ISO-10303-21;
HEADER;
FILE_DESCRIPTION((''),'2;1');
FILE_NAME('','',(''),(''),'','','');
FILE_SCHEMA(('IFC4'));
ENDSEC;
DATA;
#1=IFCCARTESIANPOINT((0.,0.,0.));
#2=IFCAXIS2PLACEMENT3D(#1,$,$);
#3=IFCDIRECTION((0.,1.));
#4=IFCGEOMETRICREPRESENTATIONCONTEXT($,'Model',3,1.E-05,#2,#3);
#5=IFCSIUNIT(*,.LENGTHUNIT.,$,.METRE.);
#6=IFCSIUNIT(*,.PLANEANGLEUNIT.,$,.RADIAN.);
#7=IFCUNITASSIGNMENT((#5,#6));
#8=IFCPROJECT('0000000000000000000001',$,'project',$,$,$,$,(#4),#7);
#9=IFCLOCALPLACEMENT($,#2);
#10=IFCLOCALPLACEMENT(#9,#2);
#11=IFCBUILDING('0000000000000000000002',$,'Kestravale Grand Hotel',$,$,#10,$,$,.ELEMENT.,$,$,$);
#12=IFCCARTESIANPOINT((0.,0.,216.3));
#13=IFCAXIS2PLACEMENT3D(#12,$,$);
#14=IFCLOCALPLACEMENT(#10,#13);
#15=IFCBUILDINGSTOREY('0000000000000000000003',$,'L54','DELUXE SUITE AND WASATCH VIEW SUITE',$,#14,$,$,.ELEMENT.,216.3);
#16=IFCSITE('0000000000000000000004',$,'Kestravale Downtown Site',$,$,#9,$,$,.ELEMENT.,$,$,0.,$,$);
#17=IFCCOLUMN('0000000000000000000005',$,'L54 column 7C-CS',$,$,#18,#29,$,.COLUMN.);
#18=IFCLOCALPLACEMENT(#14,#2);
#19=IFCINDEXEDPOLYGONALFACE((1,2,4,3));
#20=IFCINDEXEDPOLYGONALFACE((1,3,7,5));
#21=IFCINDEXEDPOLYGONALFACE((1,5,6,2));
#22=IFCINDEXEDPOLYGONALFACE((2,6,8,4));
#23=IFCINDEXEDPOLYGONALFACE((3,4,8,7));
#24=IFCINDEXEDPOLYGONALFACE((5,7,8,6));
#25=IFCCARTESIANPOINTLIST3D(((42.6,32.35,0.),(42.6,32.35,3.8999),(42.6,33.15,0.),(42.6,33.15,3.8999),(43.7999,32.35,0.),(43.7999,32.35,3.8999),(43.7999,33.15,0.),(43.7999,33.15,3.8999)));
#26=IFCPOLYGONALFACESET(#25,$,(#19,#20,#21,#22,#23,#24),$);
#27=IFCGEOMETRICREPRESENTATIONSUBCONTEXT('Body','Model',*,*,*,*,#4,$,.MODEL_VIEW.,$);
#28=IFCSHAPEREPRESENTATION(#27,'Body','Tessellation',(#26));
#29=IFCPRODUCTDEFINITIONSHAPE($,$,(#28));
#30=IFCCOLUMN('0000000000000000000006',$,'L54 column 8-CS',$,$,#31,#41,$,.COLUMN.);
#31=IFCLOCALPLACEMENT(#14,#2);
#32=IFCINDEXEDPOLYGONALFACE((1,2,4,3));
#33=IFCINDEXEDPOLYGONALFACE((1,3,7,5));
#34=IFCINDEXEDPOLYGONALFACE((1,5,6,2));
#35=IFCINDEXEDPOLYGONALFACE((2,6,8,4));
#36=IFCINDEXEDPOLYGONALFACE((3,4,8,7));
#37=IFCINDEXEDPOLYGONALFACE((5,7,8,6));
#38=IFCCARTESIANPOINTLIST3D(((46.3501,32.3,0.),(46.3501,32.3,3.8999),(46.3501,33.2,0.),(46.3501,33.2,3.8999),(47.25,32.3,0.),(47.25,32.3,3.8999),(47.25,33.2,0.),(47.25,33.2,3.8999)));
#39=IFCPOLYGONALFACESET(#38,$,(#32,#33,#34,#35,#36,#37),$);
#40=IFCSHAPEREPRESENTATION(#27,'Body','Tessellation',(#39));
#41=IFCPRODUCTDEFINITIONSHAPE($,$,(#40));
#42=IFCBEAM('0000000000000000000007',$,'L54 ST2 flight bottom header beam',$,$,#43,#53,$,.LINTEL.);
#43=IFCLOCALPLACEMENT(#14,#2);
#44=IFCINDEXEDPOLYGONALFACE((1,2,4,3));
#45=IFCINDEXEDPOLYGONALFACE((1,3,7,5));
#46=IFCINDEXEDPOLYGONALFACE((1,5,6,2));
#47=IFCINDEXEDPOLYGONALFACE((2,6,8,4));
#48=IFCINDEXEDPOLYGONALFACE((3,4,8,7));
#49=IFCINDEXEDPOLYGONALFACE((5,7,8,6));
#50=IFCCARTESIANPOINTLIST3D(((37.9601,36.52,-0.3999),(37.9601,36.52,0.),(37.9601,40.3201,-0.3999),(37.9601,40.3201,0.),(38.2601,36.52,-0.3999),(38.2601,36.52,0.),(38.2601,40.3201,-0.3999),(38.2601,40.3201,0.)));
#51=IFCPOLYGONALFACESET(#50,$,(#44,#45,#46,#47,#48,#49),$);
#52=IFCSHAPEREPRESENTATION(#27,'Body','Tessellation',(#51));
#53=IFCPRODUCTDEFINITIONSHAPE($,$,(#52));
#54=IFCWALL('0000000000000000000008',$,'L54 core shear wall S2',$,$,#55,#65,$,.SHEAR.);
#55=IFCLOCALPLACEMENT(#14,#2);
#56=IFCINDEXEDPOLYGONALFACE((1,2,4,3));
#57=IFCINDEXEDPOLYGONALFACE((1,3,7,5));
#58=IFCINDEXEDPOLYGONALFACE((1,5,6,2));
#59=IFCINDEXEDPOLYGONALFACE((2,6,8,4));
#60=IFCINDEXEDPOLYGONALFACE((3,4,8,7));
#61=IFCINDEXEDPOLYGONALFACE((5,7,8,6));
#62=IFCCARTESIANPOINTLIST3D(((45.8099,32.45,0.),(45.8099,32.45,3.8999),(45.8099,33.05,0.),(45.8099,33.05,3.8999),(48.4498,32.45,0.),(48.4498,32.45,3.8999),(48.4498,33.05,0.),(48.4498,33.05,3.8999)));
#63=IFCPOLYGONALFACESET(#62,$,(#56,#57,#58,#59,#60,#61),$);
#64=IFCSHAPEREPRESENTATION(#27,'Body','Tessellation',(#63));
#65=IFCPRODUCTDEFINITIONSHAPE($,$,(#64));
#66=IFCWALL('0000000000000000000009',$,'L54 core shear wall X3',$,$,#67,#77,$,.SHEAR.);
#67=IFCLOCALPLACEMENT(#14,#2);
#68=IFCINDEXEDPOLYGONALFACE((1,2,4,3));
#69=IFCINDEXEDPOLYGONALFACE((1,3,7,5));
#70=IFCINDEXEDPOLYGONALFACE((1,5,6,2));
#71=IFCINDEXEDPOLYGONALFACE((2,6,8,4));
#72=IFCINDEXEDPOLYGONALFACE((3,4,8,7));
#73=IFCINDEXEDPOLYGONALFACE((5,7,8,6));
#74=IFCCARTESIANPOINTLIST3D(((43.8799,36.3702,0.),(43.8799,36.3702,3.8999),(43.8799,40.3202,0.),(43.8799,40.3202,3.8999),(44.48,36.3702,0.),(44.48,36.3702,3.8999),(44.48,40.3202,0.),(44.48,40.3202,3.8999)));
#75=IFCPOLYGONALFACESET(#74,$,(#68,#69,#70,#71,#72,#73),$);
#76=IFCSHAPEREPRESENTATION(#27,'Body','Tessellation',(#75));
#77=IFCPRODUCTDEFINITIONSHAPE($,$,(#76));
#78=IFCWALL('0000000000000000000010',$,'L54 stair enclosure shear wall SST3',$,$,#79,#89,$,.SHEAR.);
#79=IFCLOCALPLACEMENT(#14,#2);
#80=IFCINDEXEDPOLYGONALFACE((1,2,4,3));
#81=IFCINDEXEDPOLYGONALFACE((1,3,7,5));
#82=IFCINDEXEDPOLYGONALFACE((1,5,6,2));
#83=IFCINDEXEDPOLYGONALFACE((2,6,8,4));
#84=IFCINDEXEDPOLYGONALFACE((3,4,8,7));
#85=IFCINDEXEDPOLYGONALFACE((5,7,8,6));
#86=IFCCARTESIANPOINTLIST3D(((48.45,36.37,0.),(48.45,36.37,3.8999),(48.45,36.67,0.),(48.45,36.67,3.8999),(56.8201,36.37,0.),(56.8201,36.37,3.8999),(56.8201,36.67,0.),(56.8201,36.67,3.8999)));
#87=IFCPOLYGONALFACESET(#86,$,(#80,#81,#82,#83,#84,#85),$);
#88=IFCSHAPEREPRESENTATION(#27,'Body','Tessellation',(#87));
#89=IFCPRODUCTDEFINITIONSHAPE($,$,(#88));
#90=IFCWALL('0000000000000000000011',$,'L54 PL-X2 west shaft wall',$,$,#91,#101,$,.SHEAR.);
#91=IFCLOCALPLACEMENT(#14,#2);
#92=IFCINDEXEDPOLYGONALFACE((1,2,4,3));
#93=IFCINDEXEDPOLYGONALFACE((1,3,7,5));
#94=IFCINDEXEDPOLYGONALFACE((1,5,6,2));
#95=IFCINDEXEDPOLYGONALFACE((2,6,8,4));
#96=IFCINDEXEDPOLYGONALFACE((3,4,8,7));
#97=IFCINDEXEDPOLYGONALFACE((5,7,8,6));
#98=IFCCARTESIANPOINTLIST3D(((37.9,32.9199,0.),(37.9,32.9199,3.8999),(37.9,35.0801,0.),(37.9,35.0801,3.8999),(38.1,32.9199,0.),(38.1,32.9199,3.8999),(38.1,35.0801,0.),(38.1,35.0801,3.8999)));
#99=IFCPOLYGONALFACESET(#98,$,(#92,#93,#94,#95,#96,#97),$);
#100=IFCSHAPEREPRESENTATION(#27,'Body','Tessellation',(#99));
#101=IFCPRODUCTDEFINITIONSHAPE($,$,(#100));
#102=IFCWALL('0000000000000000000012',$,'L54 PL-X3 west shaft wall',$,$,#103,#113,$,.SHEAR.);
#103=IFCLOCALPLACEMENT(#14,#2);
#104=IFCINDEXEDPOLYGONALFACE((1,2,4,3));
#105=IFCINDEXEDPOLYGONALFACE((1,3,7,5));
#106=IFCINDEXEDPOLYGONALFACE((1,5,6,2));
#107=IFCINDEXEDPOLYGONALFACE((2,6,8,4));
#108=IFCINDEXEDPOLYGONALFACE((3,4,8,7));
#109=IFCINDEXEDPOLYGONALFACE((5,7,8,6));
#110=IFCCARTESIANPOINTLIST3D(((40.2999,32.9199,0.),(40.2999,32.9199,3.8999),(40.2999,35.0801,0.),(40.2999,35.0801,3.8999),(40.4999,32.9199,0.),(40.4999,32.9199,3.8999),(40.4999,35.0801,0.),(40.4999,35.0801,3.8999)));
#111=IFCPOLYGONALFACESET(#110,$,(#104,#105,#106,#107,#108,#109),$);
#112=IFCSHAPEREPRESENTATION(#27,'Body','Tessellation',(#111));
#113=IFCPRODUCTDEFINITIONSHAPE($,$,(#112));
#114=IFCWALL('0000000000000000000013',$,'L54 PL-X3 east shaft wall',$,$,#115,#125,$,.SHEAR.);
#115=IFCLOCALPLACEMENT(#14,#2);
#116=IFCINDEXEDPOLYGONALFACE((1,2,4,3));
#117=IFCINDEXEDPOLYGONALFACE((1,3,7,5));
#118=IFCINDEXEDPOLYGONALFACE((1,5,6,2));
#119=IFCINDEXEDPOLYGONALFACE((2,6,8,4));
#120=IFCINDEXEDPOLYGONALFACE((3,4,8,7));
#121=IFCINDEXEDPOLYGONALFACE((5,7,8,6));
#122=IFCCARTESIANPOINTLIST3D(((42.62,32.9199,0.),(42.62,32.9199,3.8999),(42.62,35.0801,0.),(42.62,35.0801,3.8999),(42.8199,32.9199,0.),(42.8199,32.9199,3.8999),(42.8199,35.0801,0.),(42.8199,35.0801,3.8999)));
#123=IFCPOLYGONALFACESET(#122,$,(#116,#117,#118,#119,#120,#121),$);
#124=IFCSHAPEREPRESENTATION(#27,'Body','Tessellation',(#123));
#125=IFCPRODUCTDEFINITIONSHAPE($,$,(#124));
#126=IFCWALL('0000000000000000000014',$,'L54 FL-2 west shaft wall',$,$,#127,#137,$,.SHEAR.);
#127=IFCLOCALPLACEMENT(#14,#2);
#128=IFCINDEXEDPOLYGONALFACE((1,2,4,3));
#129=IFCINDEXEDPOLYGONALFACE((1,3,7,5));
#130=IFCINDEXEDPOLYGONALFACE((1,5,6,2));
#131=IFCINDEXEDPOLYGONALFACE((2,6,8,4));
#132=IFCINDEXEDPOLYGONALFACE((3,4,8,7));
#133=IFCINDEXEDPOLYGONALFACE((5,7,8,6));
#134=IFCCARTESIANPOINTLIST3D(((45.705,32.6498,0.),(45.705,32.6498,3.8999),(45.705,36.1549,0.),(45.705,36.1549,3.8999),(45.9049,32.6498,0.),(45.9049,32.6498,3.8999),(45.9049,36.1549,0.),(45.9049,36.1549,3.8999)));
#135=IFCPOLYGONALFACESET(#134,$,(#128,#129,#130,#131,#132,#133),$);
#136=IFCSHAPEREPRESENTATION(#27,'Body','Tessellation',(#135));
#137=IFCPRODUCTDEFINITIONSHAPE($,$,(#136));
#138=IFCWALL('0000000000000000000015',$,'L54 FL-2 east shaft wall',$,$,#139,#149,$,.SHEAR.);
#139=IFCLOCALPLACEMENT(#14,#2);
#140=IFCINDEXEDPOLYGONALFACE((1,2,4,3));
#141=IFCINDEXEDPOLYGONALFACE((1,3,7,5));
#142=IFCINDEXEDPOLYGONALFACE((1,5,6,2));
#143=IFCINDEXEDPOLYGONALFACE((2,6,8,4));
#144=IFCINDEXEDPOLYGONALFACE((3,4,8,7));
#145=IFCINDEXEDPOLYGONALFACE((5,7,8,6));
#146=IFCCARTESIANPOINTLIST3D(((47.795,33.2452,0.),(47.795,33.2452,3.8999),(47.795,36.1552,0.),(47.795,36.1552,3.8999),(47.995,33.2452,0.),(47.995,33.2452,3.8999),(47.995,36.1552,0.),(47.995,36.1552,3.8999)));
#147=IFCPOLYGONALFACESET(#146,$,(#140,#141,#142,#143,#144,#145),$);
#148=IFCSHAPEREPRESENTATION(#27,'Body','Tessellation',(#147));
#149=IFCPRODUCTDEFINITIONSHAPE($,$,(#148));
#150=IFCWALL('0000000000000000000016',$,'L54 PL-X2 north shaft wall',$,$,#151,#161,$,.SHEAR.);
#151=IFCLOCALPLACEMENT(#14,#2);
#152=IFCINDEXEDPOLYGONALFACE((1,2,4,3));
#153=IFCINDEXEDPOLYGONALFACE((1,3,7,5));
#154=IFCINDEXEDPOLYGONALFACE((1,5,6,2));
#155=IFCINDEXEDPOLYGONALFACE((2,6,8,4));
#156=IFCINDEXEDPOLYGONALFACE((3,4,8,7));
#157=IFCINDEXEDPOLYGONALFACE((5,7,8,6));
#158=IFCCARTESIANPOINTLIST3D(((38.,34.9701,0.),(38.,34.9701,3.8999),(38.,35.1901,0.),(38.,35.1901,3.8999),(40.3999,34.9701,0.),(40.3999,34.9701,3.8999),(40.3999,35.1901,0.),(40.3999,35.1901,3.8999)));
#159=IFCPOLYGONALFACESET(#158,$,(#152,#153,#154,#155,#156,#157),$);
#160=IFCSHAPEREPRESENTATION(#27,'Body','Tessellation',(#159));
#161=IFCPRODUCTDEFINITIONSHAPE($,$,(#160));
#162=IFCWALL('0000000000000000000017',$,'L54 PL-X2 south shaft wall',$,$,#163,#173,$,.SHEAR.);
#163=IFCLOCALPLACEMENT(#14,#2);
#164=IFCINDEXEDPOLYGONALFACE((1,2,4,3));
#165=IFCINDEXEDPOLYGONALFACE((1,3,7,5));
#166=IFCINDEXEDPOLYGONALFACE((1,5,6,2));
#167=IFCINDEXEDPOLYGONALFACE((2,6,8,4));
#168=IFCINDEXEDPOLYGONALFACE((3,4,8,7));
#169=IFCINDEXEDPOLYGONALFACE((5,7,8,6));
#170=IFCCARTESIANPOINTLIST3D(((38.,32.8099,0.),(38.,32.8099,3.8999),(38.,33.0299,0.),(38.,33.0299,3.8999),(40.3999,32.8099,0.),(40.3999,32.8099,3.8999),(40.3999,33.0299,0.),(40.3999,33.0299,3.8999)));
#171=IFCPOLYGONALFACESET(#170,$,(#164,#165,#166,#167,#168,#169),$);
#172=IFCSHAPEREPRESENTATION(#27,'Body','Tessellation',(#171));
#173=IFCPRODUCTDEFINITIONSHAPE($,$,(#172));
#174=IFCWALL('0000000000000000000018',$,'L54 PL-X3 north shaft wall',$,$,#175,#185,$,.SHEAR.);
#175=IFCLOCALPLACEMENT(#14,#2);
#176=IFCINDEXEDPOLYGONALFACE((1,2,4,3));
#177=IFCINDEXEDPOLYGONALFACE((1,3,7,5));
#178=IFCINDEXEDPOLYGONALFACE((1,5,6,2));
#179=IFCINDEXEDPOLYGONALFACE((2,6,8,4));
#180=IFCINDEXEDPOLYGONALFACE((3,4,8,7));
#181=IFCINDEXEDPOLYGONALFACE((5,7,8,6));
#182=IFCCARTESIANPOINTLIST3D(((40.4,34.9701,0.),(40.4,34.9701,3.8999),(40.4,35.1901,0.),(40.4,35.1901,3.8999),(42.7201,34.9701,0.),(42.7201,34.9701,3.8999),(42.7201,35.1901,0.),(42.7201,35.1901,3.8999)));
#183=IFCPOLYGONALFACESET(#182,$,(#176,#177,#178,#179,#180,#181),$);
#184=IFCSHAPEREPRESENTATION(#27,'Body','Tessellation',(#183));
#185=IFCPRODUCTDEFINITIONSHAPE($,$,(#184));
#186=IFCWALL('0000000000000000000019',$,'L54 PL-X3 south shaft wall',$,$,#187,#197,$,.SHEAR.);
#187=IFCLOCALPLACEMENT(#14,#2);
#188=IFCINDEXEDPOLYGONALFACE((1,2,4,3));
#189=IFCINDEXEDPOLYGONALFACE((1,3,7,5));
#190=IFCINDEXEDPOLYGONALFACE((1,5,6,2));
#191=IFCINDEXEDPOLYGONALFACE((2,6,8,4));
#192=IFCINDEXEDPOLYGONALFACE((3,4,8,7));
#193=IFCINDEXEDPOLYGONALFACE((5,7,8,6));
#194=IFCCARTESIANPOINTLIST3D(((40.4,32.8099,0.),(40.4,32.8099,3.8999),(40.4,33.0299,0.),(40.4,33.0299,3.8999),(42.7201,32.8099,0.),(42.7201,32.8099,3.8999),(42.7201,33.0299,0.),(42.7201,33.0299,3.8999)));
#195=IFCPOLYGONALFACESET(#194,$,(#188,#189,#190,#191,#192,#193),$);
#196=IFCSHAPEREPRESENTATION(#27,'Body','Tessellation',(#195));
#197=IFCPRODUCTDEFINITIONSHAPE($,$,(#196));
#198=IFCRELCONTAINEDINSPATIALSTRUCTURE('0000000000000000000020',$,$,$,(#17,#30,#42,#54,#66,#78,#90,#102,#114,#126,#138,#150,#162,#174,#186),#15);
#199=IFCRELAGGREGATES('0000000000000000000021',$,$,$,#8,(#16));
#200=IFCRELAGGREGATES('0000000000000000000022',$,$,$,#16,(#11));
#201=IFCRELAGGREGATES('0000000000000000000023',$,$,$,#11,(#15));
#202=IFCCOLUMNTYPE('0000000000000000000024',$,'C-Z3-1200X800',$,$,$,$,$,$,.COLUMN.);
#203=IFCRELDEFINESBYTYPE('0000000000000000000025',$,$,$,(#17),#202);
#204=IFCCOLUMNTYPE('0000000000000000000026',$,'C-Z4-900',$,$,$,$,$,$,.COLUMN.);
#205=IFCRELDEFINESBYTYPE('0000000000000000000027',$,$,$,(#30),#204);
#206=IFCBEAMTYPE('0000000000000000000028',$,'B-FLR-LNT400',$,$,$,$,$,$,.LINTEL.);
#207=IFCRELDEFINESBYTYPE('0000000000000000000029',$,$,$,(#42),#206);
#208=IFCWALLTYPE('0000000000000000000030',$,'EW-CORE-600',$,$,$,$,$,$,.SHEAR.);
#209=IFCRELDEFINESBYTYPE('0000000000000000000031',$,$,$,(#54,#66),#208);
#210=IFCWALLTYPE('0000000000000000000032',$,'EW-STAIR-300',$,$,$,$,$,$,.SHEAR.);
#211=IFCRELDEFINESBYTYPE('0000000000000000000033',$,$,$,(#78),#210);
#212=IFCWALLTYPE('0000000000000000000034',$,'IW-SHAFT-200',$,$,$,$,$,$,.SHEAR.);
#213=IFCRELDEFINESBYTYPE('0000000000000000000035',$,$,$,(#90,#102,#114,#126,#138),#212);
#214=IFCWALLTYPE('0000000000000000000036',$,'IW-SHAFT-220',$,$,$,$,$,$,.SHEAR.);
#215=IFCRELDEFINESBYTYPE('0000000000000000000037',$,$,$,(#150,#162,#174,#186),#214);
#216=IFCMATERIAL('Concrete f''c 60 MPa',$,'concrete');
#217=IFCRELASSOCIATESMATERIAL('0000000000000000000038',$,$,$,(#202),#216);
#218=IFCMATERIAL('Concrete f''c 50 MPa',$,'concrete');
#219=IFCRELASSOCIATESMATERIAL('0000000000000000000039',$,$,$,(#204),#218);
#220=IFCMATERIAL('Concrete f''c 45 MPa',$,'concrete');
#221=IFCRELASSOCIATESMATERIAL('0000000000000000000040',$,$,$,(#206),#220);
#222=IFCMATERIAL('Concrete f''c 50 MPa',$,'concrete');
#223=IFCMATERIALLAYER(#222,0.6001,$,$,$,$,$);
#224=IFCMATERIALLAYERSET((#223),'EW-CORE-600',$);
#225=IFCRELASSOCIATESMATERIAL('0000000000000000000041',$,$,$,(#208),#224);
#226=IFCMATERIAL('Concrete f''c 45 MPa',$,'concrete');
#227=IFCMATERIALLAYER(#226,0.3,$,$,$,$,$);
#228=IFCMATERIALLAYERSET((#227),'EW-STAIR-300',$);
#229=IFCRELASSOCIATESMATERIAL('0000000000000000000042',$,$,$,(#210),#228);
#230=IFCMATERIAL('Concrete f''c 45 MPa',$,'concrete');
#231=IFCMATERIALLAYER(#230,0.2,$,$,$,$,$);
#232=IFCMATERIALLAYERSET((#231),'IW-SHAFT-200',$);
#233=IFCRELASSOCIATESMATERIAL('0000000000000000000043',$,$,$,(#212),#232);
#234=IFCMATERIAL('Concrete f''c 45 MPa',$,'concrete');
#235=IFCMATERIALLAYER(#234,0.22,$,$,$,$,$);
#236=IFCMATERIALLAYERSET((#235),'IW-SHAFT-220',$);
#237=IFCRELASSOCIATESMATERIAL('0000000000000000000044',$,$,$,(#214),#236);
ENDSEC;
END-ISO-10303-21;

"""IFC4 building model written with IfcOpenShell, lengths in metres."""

from ifc_helpers import new_model, si_unit, direction, frame, frame_2d, origin, origin_2d, place, context, subcontext, project, spatial, rectangle, extrude, material, layer, layer_set, material_profile, profile_set, type_object, element, save


model = new_model("IFC4")

# Units and contexts
model_context = context("Model", 3, precision=1e-05, world=origin(), true_north=direction((0.0, 1.0)))
body_context = subcontext(model_context, "Body", "Model", "MODEL_VIEW")
ifc_project = project(units=[si_unit("LENGTHUNIT", "METRE"), si_unit("PLANEANGLEUNIT", "RADIAN")], contexts=[model_context])

# Site, building, storey
site_placement = place(None, origin())
site = spatial("IfcSite", under=ifc_project, at=site_placement, Name="Kestravale Downtown Site", CompositionType="ELEMENT", RefElevation=0.0)
building_placement = place(site_placement, origin())
building = spatial("IfcBuilding", under=site, at=building_placement, Name="Kestravale Grand Hotel", CompositionType="ELEMENT")
storey_placement = place(building_placement, frame((0.0, 0.0, 216.3)))
storey = spatial("IfcBuildingStorey", under=building, at=storey_placement, Name="L54", Description="DELUXE SUITE AND WASATCH VIEW SUITE", CompositionType="ELEMENT", Elevation=216.3)

# Columns
ifc_material_1 = material(Name="Concrete f'c 60 MPa", Category="concrete")
ifc_material_profile_1 = material_profile(ifc_material_1, rectangle(XDim=1.2, YDim=0.8, at=origin_2d()))
ifc_profile_set_1 = profile_set([ifc_material_profile_1], Name="Concrete f'c 60 MPa")
column_type_1 = type_object("IfcColumnType", Name="C-Z3-1200X800", PredefinedType="COLUMN", material=ifc_profile_set_1)
column_1_placement = place(storey_placement, frame((43.2, 32.75, 0.0), z_axis=(0.0, 0.0, 1.0), x_axis=(1.0, 0.0, 0.0)))
element("IfcColumn", 1, at=column_1_placement, inside=storey, type_object=column_type_1, Name="L54 column 7C-CS", PredefinedType="COLUMN", context=body_context, shape_type="SweptSolid", body=[
    extrude(rectangle(XDim=1.2, YDim=0.8, at=origin_2d()), origin(), (0.0, 0.0, 1.0), 3.8999),
])
ifc_material_2 = material(Name="Concrete f'c 50 MPa", Category="concrete")
ifc_material_profile_2 = material_profile(ifc_material_2, rectangle(XDim=0.8999, YDim=0.8999, at=origin_2d()))
ifc_profile_set_2 = profile_set([ifc_material_profile_2], Name="Concrete f'c 50 MPa")
column_type_2 = type_object("IfcColumnType", Name="C-Z4-900", PredefinedType="COLUMN", material=ifc_profile_set_2)
column_2_placement = place(storey_placement, frame((46.8, 32.75, 0.0), z_axis=(0.0, 0.0, 1.0), x_axis=(1.0, 0.0, 0.0)))
element("IfcColumn", 2, at=column_2_placement, inside=storey, type_object=column_type_2, Name="L54 column 8-CS", PredefinedType="COLUMN", context=body_context, shape_type="SweptSolid", body=[
    extrude(rectangle(XDim=0.8999, YDim=0.8999, at=origin_2d()), origin(), (0.0, 0.0, 1.0), 3.8999),
])

# Beam
ifc_material_3 = material(Name="Concrete f'c 45 MPa", Category="concrete")
ifc_material_profile_3 = material_profile(ifc_material_3, rectangle(XDim=0.3, YDim=0.3999, at=origin_2d()))
ifc_profile_set_3 = profile_set([ifc_material_profile_3], Name="Concrete f'c 45 MPa")
beam_type = type_object("IfcBeamType", Name="B-FLR-LNT400", PredefinedType="LINTEL", material=ifc_profile_set_3)
beam_placement = place(storey_placement, frame((38.1101, 36.52, -0.2), z_axis=(0.0, 1.0, 0.0), x_axis=(-1.0, 0.0, 0.0)))
element("IfcBeam", 3, at=beam_placement, inside=storey, type_object=beam_type, Name="L54 ST2 flight bottom header beam", PredefinedType="LINTEL", context=body_context, shape_type="SweptSolid", body=[
    extrude(rectangle(XDim=0.3, YDim=0.3999, at=origin_2d()), origin(), (0.0, 0.0, 1.0), 3.8),
])

# Walls
ifc_material_4 = material(Name="Concrete f'c 50 MPa", Category="concrete")
ifc_layer_1 = layer(ifc_material_4, 0.6001)
ifc_layer_set_1 = layer_set([ifc_layer_1], Name="EW-CORE-600")
wall_type_1 = type_object("IfcWallType", Name="EW-CORE-600", PredefinedType="SHEAR", material=ifc_layer_set_1)
wall_1_placement = place(storey_placement, frame((45.8101, 32.75, 0.0), z_axis=(0.0, 0.0, 1.0), x_axis=(1.0, 0.0, 0.0)))
element("IfcWall", 4, at=wall_1_placement, inside=storey, type_object=wall_type_1, Name="L54 core shear wall S2", PredefinedType="SHEAR", context=body_context, shape_type="SweptSolid", body=[
    extrude(rectangle(XDim=2.6399, YDim=0.6001, at=frame_2d((1.3198, 0.0))), origin(), (0.0, 0.0, 1.0), 3.8999),
])
wall_2_placement = place(storey_placement, frame((44.1799, 36.3701, 0.0), z_axis=(0.0, 0.0, 1.0), x_axis=(0.0, 1.0, 0.0)))
element("IfcWall", 5, at=wall_2_placement, inside=storey, type_object=wall_type_1, Name="L54 core shear wall X3", PredefinedType="SHEAR", context=body_context, shape_type="SweptSolid", body=[
    extrude(rectangle(XDim=3.95, YDim=0.6001, at=frame_2d((1.9751, 0.0))), origin(), (0.0, 0.0, 1.0), 3.8999),
])
ifc_material_5 = material(Name="Concrete f'c 45 MPa", Category="concrete")
ifc_layer_2 = layer(ifc_material_5, 0.3)
ifc_layer_set_2 = layer_set([ifc_layer_2], Name="EW-STAIR-300")
wall_type_2 = type_object("IfcWallType", Name="EW-STAIR-300", PredefinedType="SHEAR", material=ifc_layer_set_2)
wall_3_placement = place(storey_placement, frame((48.45, 36.52, 0.0), z_axis=(0.0, 0.0, 1.0), x_axis=(1.0, 0.0, 0.0)))
element("IfcWall", 6, at=wall_3_placement, inside=storey, type_object=wall_type_2, Name="L54 stair enclosure shear wall SST3", PredefinedType="SHEAR", context=body_context, shape_type="SweptSolid", body=[
    extrude(rectangle(XDim=8.3701, YDim=0.3, at=frame_2d((4.1851, 0.0))), origin(), (0.0, 0.0, 1.0), 3.8999),
])

# Walls
ifc_material_6 = material(Name="Concrete f'c 45 MPa", Category="concrete")
ifc_layer_3 = layer(ifc_material_6, 0.2)
ifc_layer_set_3 = layer_set([ifc_layer_3], Name="IW-SHAFT-200")
wall_type_3 = type_object("IfcWallType", Name="IW-SHAFT-200", PredefinedType="SHEAR", material=ifc_layer_set_3)
for number, where, z_axis, x_axis, name in (
    (7, (38.0, 32.9199, 0.0), (0.0, 0.0, 1.0), (0.0, 1.0, 0.0), "L54 PL-X2 west shaft wall"),
    (8, (40.3999, 32.9199, 0.0), (0.0, 0.0, 1.0), (0.0, 1.0, 0.0), "L54 PL-X3 west shaft wall"),
    (9, (42.72, 32.9199, 0.0), (0.0, 0.0, 1.0), (0.0, 1.0, 0.0), "L54 PL-X3 east shaft wall"),
):
    element("IfcWall", number, at=place(storey_placement, frame(where, z_axis=z_axis, x_axis=x_axis)), inside=storey, type_object=wall_type_3, Name=name, PredefinedType="SHEAR", context=body_context, shape_type="SweptSolid", body=[
        extrude(rectangle(XDim=2.1602, YDim=0.2, at=frame_2d((1.0801, 0.0))), origin(), (0.0, 0.0, 1.0), 3.8999),
    ])
wall_4_placement = place(storey_placement, frame((45.8049, 32.6499, 0.0), z_axis=(0.0, 0.0, 1.0), x_axis=(0.0, 1.0, 0.0)))
element("IfcWall", 10, at=wall_4_placement, inside=storey, type_object=wall_type_3, Name="L54 FL-2 west shaft wall", PredefinedType="SHEAR", context=body_context, shape_type="SweptSolid", body=[
    extrude(rectangle(XDim=3.5051, YDim=0.2, at=frame_2d((1.7524, 0.0))), origin(), (0.0, 0.0, 1.0), 3.8999),
])
wall_5_placement = place(storey_placement, frame((47.895, 33.2451, 0.0), z_axis=(0.0, 0.0, 1.0), x_axis=(0.0, 1.0, 0.0)))
element("IfcWall", 11, at=wall_5_placement, inside=storey, type_object=wall_type_3, Name="L54 FL-2 east shaft wall", PredefinedType="SHEAR", context=body_context, shape_type="SweptSolid", body=[
    extrude(rectangle(XDim=2.9099, YDim=0.2, at=frame_2d((1.4551, 0.0))), origin(), (0.0, 0.0, 1.0), 3.8999),
])
ifc_material_7 = material(Name="Concrete f'c 45 MPa", Category="concrete")
ifc_layer_4 = layer(ifc_material_7, 0.22)
ifc_layer_set_4 = layer_set([ifc_layer_4], Name="IW-SHAFT-220")
wall_type_4 = type_object("IfcWallType", Name="IW-SHAFT-220", PredefinedType="SHEAR", material=ifc_layer_set_4)
for number, where, z_axis, x_axis, name in (
    (12, (38.0, 35.0801, 0.0), (0.0, 0.0, 1.0), (1.0, 0.0, 0.0), "L54 PL-X2 north shaft wall"),
    (13, (38.0, 32.9199, 0.0), (0.0, 0.0, 1.0), (1.0, 0.0, 0.0), "L54 PL-X2 south shaft wall"),
):
    element("IfcWall", number, at=place(storey_placement, frame(where, z_axis=z_axis, x_axis=x_axis)), inside=storey, type_object=wall_type_4, Name=name, PredefinedType="SHEAR", context=body_context, shape_type="SweptSolid", body=[
        extrude(rectangle(XDim=2.3999, YDim=0.22, at=frame_2d((1.2, 0.0))), origin(), (0.0, 0.0, 1.0), 3.8999),
    ])
for number, where, z_axis, x_axis, name in (
    (14, (40.3999, 35.0801, 0.0), (0.0, 0.0, 1.0), (1.0, 0.0, 0.0), "L54 PL-X3 north shaft wall"),
    (15, (40.3999, 32.9199, 0.0), (0.0, 0.0, 1.0), (1.0, 0.0, 0.0), "L54 PL-X3 south shaft wall"),
):
    element("IfcWall", number, at=place(storey_placement, frame(where, z_axis=z_axis, x_axis=x_axis)), inside=storey, type_object=wall_type_4, Name=name, PredefinedType="SHEAR", context=body_context, shape_type="SweptSolid", body=[
        extrude(rectangle(XDim=2.3201, YDim=0.22, at=frame_2d((1.1602, 0.0))), origin(), (0.0, 0.0, 1.0), 3.8999),
    ])

save(model, "model.ifc")
